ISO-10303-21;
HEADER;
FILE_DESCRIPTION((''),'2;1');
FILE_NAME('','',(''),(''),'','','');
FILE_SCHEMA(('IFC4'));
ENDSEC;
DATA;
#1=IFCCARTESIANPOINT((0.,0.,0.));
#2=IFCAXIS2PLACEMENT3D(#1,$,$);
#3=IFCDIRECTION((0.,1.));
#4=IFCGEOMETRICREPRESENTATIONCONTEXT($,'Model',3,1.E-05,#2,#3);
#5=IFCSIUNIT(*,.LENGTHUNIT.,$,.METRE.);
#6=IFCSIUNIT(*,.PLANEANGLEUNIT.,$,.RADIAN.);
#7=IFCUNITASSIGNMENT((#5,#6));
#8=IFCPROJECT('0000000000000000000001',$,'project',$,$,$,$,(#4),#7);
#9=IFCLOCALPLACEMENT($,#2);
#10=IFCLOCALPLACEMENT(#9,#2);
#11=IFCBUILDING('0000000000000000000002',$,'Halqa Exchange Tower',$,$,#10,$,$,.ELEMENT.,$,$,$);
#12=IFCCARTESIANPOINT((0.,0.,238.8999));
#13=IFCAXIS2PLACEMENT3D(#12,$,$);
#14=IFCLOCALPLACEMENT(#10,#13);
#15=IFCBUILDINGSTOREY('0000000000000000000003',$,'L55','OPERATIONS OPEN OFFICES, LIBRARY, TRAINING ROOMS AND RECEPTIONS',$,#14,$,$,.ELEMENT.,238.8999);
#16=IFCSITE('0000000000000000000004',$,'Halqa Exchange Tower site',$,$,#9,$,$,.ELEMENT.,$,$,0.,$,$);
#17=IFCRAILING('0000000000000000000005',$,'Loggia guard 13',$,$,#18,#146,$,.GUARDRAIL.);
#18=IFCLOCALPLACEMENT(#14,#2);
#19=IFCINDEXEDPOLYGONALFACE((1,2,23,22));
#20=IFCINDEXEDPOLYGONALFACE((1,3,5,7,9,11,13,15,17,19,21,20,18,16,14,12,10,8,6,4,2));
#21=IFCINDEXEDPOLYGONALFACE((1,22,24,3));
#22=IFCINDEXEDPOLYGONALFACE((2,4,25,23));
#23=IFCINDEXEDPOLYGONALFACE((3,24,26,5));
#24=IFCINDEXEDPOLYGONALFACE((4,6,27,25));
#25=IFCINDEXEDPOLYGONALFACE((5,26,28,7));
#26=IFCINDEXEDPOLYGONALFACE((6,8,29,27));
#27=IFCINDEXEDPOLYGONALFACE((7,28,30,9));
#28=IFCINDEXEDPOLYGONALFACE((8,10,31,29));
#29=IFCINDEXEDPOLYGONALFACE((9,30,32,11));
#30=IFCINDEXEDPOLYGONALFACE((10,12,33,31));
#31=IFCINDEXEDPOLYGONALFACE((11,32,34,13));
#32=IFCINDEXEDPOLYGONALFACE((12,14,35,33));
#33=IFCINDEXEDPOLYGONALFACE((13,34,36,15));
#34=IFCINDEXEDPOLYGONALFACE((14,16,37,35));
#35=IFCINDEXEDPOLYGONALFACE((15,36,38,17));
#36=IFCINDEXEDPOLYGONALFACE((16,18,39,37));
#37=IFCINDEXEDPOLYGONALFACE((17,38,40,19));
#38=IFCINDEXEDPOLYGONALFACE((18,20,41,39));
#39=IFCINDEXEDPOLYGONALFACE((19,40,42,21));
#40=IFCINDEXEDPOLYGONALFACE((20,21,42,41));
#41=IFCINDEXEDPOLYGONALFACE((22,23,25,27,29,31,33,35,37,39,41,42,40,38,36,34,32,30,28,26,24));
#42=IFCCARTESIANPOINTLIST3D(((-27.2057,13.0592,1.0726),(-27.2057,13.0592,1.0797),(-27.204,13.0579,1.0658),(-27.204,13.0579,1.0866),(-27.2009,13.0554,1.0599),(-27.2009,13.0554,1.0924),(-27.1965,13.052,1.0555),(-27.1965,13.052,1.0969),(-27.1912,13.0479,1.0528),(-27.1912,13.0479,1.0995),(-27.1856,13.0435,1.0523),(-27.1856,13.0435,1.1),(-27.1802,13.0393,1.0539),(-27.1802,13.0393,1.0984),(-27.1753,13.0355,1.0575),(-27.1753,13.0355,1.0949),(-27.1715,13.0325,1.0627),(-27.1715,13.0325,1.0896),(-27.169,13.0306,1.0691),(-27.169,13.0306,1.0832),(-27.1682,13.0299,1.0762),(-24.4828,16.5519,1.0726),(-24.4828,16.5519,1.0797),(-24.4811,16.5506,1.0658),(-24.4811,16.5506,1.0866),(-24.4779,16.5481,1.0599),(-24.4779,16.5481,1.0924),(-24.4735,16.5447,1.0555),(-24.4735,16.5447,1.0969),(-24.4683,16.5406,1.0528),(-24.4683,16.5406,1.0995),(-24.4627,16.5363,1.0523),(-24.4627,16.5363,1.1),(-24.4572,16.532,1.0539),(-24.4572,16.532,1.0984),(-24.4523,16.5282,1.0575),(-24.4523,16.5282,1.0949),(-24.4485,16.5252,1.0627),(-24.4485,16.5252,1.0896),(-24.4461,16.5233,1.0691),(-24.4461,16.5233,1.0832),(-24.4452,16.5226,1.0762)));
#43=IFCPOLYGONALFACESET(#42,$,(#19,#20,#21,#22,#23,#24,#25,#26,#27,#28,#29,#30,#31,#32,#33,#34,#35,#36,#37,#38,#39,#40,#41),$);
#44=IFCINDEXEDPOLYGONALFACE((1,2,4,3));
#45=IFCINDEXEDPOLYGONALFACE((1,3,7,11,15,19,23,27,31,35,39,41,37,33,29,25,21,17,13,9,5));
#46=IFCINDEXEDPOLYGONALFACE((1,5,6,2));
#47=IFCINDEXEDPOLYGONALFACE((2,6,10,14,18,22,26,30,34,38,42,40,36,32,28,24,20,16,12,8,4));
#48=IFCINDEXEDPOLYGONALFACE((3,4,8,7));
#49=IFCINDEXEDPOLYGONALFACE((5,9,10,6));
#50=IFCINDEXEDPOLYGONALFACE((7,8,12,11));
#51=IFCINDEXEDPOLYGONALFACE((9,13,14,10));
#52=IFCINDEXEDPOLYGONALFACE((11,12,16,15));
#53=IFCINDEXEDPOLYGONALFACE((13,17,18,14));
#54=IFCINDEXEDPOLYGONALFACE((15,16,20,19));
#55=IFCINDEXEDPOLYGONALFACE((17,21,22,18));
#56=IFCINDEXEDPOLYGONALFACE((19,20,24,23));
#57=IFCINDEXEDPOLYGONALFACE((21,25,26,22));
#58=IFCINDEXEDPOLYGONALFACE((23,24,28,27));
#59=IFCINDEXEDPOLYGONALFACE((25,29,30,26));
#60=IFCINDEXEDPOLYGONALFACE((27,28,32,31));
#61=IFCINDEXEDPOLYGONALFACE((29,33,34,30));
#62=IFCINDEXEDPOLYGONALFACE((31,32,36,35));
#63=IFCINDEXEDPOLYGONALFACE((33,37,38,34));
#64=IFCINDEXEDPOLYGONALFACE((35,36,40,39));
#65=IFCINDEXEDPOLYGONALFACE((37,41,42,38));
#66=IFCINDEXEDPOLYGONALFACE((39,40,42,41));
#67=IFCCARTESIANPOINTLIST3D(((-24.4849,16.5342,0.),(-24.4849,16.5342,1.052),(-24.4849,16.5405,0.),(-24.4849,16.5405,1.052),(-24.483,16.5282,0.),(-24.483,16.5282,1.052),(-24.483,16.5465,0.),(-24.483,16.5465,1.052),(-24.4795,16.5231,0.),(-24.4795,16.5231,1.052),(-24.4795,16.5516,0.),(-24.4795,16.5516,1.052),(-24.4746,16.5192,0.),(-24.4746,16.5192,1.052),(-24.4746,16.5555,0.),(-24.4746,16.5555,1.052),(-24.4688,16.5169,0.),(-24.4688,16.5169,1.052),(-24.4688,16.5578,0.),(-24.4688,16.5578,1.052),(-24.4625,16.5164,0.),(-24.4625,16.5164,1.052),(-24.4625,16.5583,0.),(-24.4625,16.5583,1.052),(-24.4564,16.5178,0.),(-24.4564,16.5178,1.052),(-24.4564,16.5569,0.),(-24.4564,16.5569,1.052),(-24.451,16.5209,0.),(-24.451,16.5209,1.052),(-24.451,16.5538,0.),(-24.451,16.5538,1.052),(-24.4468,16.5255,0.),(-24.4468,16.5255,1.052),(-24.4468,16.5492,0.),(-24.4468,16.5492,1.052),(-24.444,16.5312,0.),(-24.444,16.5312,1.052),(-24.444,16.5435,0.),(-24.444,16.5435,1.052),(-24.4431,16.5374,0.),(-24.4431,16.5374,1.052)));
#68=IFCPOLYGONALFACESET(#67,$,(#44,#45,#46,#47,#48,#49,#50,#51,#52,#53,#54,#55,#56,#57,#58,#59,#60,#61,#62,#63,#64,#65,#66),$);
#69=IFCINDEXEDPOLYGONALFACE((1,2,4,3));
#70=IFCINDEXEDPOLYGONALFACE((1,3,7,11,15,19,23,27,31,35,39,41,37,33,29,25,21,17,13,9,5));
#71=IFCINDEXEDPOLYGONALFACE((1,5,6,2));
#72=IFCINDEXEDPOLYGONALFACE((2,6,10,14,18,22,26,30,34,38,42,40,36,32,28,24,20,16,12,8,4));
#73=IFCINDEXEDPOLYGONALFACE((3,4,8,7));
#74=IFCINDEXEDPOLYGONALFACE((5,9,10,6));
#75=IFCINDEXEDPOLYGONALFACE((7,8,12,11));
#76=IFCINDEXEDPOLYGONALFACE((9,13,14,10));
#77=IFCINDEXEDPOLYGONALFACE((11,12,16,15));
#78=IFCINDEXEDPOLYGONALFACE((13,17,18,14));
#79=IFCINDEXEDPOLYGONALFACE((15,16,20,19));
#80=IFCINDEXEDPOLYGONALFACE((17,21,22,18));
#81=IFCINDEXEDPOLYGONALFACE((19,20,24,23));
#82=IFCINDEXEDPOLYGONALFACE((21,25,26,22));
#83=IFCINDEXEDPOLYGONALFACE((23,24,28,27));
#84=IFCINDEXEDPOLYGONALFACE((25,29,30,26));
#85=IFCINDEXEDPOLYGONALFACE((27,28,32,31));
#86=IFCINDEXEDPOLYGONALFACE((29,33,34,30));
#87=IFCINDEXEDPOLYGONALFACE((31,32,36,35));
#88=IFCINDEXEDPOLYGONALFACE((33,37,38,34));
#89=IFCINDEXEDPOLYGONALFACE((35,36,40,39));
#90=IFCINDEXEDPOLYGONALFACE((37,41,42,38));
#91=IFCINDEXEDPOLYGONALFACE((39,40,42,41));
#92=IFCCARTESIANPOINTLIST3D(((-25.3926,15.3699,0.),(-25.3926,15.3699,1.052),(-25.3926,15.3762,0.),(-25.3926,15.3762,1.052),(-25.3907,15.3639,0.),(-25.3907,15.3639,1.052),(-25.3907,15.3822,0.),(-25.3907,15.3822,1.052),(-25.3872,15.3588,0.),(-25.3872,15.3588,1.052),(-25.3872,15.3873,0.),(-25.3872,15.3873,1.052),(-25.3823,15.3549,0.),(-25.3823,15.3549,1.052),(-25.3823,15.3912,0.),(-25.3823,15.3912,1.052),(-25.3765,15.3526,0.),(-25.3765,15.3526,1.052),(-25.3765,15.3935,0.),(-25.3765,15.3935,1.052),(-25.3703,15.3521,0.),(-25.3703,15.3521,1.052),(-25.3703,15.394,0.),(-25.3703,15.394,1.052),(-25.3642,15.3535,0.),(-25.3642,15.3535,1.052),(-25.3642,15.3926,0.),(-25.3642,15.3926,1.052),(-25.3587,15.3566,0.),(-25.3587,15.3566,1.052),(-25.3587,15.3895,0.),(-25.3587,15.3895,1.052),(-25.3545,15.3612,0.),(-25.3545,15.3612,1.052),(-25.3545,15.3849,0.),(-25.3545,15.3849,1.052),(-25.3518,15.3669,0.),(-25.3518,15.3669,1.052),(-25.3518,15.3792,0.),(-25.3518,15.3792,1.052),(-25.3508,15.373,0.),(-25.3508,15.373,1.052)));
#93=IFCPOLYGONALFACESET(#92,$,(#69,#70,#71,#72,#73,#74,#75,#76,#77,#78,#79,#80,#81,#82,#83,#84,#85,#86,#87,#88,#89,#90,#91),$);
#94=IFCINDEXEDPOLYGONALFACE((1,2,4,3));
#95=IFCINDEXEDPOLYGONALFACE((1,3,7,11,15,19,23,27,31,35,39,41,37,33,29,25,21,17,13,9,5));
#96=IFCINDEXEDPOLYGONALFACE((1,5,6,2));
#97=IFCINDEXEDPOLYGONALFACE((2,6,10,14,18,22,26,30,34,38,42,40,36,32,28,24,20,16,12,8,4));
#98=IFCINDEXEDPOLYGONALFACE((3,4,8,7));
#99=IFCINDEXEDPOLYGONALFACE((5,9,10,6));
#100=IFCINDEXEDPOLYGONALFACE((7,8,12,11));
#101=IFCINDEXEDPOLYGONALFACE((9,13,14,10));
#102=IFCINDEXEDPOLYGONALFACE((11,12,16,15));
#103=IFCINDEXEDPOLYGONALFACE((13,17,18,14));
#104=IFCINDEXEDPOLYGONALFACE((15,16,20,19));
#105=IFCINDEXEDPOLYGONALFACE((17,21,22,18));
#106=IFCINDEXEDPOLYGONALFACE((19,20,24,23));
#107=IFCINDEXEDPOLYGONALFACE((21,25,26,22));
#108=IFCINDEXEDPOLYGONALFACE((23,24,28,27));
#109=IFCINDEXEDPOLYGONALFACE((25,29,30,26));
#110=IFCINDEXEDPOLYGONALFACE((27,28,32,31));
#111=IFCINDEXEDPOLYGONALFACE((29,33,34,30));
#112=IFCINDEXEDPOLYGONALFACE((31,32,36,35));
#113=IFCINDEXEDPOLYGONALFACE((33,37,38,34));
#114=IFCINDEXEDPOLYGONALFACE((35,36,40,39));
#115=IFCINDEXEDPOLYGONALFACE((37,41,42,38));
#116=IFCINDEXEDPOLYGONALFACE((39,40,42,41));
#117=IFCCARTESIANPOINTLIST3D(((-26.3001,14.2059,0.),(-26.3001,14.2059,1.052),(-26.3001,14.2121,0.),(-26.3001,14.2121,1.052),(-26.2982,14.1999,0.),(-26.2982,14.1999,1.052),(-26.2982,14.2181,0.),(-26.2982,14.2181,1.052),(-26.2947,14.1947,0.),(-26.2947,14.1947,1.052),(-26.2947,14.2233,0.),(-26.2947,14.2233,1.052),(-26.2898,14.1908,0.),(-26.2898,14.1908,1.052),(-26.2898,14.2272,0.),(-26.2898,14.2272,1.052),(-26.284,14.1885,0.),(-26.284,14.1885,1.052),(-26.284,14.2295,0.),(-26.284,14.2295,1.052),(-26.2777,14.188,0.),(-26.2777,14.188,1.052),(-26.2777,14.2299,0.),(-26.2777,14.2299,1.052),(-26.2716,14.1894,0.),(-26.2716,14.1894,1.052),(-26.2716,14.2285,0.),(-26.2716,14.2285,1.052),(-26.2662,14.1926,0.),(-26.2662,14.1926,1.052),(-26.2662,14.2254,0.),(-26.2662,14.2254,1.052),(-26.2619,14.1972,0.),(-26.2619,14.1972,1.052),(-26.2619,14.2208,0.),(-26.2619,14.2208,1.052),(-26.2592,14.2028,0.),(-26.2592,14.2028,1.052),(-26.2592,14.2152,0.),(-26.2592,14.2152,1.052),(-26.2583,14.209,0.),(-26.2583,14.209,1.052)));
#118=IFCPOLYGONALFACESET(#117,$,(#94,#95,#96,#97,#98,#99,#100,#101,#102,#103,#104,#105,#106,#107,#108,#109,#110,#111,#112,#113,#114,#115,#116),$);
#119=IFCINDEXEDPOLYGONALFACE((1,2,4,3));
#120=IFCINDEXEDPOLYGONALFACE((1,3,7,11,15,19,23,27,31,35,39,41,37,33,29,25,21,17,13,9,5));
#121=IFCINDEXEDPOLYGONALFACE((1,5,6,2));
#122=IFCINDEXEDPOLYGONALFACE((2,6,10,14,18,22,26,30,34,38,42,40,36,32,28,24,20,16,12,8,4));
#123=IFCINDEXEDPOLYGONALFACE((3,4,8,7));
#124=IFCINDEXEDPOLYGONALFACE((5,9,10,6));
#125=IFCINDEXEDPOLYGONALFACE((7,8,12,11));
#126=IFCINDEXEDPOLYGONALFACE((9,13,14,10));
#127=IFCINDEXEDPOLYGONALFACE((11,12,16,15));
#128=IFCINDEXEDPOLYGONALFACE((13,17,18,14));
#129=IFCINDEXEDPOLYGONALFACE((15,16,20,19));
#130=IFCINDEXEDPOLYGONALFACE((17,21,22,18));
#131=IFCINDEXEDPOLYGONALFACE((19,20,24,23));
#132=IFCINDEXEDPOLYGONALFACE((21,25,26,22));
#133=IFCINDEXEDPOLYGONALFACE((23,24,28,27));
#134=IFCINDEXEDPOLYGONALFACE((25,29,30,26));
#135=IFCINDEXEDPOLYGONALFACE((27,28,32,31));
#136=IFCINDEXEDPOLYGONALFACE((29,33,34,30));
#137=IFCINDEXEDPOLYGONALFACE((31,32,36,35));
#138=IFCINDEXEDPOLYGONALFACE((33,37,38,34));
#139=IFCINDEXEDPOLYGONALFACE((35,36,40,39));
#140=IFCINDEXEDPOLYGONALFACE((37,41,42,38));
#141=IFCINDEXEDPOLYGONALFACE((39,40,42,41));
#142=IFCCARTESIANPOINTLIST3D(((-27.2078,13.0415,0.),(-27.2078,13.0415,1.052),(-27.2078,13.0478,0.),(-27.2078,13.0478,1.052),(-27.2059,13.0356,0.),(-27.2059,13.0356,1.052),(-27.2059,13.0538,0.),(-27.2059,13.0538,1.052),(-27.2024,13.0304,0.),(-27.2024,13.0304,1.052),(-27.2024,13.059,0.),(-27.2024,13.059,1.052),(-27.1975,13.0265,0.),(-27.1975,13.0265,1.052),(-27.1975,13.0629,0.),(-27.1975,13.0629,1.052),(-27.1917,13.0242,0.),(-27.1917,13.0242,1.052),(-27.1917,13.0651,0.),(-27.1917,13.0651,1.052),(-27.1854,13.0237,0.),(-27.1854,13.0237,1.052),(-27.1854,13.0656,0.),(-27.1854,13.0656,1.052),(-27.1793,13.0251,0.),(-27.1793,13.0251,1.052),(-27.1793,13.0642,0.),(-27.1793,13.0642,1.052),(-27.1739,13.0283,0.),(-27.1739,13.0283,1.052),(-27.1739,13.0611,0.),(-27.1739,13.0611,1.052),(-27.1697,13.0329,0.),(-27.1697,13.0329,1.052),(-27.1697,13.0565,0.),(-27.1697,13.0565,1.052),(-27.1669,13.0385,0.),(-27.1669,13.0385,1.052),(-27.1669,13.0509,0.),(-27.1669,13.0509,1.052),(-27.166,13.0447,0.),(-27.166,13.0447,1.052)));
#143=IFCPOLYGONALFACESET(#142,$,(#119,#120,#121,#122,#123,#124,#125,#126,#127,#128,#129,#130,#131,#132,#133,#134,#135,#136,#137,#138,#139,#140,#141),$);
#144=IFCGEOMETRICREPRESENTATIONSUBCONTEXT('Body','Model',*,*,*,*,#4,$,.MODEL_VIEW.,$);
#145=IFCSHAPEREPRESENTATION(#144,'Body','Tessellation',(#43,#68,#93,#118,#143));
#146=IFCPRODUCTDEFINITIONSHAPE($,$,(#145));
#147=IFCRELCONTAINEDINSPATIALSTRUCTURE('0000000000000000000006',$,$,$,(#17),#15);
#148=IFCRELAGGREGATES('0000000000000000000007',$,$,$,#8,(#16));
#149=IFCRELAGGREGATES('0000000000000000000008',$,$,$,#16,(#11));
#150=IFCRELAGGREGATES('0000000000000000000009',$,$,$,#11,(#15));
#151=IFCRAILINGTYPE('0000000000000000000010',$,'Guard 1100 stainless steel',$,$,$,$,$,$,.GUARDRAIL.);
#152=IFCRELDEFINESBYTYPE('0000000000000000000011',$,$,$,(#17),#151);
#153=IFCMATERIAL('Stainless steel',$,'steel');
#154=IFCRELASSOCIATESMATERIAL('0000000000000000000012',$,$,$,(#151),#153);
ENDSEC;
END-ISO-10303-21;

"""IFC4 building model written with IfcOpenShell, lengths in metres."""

from ifc_helpers import new_model, si_unit, direction, frame, origin, origin_2d, place, context, subcontext, project, spatial, circle, extrude, material, type_object, element, save


model = new_model("IFC4")

# Units and contexts
model_context = context("Model", 3, precision=1e-05, world=origin(), true_north=direction((0.0, 1.0)))
body_context = subcontext(model_context, "Body", "Model", "MODEL_VIEW")
ifc_project = project(units=[si_unit("LENGTHUNIT", "METRE"), si_unit("PLANEANGLEUNIT", "RADIAN")], contexts=[model_context])

# Site, building, storey
site_placement = place(None, origin())
site = spatial("IfcSite", under=ifc_project, at=site_placement, Name="Halqa Exchange Tower site", CompositionType="ELEMENT", RefElevation=0.0)
building_placement = place(site_placement, origin())
building = spatial("IfcBuilding", under=site, at=building_placement, Name="Halqa Exchange Tower", CompositionType="ELEMENT")
storey_placement = place(building_placement, frame((0.0, 0.0, 238.8999)))
storey = spatial("IfcBuildingStorey", under=building, at=storey_placement, Name="L55", Description="OPERATIONS OPEN OFFICES, LIBRARY, TRAINING ROOMS AND RECEPTIONS", CompositionType="ELEMENT", Elevation=238.8999)

# Railing
ifc_material_1 = material(Name="Stainless steel", Category="steel")
railing_type = type_object("IfcRailingType", Name="Guard 1100 stainless steel", PredefinedType="GUARDRAIL", material=ifc_material_1)
railing_1_placement = place(storey_placement, frame((-24.4641, 16.5374, 0.0)))
element("IfcRailing", 1, at=railing_1_placement, inside=storey, type_object=railing_type, Name="Loggia guard 13", PredefinedType="GUARDRAIL", context=body_context, shape_type="SweptSolid", body=[
    extrude(circle(Radius=0.0239, at=origin_2d()), frame((0.0, 0.0, 1.0762), z_axis=(-0.614837, -0.788654, 0.0), x_axis=(0.788654, -0.614837, 0.0)), (0.0, 0.0, 1.0), 4.4287),
    extrude(circle(Radius=0.021, at=origin_2d()), origin(), (0.0, 0.0, 1.0), 1.052),
    extrude(circle(Radius=0.021, at=origin_2d()), frame((-0.9077, -1.1643, 0.0)), (0.0, 0.0, 1.0), 1.052),
    extrude(circle(Radius=0.021, at=origin_2d()), frame((-1.8152, -2.3284, 0.0)), (0.0, 0.0, 1.0), 1.052),
    extrude(circle(Radius=0.021, at=origin_2d()), frame((-2.7229, -3.4927, 0.0)), (0.0, 0.0, 1.0), 1.052),
])

save(model, "model.ifc")
